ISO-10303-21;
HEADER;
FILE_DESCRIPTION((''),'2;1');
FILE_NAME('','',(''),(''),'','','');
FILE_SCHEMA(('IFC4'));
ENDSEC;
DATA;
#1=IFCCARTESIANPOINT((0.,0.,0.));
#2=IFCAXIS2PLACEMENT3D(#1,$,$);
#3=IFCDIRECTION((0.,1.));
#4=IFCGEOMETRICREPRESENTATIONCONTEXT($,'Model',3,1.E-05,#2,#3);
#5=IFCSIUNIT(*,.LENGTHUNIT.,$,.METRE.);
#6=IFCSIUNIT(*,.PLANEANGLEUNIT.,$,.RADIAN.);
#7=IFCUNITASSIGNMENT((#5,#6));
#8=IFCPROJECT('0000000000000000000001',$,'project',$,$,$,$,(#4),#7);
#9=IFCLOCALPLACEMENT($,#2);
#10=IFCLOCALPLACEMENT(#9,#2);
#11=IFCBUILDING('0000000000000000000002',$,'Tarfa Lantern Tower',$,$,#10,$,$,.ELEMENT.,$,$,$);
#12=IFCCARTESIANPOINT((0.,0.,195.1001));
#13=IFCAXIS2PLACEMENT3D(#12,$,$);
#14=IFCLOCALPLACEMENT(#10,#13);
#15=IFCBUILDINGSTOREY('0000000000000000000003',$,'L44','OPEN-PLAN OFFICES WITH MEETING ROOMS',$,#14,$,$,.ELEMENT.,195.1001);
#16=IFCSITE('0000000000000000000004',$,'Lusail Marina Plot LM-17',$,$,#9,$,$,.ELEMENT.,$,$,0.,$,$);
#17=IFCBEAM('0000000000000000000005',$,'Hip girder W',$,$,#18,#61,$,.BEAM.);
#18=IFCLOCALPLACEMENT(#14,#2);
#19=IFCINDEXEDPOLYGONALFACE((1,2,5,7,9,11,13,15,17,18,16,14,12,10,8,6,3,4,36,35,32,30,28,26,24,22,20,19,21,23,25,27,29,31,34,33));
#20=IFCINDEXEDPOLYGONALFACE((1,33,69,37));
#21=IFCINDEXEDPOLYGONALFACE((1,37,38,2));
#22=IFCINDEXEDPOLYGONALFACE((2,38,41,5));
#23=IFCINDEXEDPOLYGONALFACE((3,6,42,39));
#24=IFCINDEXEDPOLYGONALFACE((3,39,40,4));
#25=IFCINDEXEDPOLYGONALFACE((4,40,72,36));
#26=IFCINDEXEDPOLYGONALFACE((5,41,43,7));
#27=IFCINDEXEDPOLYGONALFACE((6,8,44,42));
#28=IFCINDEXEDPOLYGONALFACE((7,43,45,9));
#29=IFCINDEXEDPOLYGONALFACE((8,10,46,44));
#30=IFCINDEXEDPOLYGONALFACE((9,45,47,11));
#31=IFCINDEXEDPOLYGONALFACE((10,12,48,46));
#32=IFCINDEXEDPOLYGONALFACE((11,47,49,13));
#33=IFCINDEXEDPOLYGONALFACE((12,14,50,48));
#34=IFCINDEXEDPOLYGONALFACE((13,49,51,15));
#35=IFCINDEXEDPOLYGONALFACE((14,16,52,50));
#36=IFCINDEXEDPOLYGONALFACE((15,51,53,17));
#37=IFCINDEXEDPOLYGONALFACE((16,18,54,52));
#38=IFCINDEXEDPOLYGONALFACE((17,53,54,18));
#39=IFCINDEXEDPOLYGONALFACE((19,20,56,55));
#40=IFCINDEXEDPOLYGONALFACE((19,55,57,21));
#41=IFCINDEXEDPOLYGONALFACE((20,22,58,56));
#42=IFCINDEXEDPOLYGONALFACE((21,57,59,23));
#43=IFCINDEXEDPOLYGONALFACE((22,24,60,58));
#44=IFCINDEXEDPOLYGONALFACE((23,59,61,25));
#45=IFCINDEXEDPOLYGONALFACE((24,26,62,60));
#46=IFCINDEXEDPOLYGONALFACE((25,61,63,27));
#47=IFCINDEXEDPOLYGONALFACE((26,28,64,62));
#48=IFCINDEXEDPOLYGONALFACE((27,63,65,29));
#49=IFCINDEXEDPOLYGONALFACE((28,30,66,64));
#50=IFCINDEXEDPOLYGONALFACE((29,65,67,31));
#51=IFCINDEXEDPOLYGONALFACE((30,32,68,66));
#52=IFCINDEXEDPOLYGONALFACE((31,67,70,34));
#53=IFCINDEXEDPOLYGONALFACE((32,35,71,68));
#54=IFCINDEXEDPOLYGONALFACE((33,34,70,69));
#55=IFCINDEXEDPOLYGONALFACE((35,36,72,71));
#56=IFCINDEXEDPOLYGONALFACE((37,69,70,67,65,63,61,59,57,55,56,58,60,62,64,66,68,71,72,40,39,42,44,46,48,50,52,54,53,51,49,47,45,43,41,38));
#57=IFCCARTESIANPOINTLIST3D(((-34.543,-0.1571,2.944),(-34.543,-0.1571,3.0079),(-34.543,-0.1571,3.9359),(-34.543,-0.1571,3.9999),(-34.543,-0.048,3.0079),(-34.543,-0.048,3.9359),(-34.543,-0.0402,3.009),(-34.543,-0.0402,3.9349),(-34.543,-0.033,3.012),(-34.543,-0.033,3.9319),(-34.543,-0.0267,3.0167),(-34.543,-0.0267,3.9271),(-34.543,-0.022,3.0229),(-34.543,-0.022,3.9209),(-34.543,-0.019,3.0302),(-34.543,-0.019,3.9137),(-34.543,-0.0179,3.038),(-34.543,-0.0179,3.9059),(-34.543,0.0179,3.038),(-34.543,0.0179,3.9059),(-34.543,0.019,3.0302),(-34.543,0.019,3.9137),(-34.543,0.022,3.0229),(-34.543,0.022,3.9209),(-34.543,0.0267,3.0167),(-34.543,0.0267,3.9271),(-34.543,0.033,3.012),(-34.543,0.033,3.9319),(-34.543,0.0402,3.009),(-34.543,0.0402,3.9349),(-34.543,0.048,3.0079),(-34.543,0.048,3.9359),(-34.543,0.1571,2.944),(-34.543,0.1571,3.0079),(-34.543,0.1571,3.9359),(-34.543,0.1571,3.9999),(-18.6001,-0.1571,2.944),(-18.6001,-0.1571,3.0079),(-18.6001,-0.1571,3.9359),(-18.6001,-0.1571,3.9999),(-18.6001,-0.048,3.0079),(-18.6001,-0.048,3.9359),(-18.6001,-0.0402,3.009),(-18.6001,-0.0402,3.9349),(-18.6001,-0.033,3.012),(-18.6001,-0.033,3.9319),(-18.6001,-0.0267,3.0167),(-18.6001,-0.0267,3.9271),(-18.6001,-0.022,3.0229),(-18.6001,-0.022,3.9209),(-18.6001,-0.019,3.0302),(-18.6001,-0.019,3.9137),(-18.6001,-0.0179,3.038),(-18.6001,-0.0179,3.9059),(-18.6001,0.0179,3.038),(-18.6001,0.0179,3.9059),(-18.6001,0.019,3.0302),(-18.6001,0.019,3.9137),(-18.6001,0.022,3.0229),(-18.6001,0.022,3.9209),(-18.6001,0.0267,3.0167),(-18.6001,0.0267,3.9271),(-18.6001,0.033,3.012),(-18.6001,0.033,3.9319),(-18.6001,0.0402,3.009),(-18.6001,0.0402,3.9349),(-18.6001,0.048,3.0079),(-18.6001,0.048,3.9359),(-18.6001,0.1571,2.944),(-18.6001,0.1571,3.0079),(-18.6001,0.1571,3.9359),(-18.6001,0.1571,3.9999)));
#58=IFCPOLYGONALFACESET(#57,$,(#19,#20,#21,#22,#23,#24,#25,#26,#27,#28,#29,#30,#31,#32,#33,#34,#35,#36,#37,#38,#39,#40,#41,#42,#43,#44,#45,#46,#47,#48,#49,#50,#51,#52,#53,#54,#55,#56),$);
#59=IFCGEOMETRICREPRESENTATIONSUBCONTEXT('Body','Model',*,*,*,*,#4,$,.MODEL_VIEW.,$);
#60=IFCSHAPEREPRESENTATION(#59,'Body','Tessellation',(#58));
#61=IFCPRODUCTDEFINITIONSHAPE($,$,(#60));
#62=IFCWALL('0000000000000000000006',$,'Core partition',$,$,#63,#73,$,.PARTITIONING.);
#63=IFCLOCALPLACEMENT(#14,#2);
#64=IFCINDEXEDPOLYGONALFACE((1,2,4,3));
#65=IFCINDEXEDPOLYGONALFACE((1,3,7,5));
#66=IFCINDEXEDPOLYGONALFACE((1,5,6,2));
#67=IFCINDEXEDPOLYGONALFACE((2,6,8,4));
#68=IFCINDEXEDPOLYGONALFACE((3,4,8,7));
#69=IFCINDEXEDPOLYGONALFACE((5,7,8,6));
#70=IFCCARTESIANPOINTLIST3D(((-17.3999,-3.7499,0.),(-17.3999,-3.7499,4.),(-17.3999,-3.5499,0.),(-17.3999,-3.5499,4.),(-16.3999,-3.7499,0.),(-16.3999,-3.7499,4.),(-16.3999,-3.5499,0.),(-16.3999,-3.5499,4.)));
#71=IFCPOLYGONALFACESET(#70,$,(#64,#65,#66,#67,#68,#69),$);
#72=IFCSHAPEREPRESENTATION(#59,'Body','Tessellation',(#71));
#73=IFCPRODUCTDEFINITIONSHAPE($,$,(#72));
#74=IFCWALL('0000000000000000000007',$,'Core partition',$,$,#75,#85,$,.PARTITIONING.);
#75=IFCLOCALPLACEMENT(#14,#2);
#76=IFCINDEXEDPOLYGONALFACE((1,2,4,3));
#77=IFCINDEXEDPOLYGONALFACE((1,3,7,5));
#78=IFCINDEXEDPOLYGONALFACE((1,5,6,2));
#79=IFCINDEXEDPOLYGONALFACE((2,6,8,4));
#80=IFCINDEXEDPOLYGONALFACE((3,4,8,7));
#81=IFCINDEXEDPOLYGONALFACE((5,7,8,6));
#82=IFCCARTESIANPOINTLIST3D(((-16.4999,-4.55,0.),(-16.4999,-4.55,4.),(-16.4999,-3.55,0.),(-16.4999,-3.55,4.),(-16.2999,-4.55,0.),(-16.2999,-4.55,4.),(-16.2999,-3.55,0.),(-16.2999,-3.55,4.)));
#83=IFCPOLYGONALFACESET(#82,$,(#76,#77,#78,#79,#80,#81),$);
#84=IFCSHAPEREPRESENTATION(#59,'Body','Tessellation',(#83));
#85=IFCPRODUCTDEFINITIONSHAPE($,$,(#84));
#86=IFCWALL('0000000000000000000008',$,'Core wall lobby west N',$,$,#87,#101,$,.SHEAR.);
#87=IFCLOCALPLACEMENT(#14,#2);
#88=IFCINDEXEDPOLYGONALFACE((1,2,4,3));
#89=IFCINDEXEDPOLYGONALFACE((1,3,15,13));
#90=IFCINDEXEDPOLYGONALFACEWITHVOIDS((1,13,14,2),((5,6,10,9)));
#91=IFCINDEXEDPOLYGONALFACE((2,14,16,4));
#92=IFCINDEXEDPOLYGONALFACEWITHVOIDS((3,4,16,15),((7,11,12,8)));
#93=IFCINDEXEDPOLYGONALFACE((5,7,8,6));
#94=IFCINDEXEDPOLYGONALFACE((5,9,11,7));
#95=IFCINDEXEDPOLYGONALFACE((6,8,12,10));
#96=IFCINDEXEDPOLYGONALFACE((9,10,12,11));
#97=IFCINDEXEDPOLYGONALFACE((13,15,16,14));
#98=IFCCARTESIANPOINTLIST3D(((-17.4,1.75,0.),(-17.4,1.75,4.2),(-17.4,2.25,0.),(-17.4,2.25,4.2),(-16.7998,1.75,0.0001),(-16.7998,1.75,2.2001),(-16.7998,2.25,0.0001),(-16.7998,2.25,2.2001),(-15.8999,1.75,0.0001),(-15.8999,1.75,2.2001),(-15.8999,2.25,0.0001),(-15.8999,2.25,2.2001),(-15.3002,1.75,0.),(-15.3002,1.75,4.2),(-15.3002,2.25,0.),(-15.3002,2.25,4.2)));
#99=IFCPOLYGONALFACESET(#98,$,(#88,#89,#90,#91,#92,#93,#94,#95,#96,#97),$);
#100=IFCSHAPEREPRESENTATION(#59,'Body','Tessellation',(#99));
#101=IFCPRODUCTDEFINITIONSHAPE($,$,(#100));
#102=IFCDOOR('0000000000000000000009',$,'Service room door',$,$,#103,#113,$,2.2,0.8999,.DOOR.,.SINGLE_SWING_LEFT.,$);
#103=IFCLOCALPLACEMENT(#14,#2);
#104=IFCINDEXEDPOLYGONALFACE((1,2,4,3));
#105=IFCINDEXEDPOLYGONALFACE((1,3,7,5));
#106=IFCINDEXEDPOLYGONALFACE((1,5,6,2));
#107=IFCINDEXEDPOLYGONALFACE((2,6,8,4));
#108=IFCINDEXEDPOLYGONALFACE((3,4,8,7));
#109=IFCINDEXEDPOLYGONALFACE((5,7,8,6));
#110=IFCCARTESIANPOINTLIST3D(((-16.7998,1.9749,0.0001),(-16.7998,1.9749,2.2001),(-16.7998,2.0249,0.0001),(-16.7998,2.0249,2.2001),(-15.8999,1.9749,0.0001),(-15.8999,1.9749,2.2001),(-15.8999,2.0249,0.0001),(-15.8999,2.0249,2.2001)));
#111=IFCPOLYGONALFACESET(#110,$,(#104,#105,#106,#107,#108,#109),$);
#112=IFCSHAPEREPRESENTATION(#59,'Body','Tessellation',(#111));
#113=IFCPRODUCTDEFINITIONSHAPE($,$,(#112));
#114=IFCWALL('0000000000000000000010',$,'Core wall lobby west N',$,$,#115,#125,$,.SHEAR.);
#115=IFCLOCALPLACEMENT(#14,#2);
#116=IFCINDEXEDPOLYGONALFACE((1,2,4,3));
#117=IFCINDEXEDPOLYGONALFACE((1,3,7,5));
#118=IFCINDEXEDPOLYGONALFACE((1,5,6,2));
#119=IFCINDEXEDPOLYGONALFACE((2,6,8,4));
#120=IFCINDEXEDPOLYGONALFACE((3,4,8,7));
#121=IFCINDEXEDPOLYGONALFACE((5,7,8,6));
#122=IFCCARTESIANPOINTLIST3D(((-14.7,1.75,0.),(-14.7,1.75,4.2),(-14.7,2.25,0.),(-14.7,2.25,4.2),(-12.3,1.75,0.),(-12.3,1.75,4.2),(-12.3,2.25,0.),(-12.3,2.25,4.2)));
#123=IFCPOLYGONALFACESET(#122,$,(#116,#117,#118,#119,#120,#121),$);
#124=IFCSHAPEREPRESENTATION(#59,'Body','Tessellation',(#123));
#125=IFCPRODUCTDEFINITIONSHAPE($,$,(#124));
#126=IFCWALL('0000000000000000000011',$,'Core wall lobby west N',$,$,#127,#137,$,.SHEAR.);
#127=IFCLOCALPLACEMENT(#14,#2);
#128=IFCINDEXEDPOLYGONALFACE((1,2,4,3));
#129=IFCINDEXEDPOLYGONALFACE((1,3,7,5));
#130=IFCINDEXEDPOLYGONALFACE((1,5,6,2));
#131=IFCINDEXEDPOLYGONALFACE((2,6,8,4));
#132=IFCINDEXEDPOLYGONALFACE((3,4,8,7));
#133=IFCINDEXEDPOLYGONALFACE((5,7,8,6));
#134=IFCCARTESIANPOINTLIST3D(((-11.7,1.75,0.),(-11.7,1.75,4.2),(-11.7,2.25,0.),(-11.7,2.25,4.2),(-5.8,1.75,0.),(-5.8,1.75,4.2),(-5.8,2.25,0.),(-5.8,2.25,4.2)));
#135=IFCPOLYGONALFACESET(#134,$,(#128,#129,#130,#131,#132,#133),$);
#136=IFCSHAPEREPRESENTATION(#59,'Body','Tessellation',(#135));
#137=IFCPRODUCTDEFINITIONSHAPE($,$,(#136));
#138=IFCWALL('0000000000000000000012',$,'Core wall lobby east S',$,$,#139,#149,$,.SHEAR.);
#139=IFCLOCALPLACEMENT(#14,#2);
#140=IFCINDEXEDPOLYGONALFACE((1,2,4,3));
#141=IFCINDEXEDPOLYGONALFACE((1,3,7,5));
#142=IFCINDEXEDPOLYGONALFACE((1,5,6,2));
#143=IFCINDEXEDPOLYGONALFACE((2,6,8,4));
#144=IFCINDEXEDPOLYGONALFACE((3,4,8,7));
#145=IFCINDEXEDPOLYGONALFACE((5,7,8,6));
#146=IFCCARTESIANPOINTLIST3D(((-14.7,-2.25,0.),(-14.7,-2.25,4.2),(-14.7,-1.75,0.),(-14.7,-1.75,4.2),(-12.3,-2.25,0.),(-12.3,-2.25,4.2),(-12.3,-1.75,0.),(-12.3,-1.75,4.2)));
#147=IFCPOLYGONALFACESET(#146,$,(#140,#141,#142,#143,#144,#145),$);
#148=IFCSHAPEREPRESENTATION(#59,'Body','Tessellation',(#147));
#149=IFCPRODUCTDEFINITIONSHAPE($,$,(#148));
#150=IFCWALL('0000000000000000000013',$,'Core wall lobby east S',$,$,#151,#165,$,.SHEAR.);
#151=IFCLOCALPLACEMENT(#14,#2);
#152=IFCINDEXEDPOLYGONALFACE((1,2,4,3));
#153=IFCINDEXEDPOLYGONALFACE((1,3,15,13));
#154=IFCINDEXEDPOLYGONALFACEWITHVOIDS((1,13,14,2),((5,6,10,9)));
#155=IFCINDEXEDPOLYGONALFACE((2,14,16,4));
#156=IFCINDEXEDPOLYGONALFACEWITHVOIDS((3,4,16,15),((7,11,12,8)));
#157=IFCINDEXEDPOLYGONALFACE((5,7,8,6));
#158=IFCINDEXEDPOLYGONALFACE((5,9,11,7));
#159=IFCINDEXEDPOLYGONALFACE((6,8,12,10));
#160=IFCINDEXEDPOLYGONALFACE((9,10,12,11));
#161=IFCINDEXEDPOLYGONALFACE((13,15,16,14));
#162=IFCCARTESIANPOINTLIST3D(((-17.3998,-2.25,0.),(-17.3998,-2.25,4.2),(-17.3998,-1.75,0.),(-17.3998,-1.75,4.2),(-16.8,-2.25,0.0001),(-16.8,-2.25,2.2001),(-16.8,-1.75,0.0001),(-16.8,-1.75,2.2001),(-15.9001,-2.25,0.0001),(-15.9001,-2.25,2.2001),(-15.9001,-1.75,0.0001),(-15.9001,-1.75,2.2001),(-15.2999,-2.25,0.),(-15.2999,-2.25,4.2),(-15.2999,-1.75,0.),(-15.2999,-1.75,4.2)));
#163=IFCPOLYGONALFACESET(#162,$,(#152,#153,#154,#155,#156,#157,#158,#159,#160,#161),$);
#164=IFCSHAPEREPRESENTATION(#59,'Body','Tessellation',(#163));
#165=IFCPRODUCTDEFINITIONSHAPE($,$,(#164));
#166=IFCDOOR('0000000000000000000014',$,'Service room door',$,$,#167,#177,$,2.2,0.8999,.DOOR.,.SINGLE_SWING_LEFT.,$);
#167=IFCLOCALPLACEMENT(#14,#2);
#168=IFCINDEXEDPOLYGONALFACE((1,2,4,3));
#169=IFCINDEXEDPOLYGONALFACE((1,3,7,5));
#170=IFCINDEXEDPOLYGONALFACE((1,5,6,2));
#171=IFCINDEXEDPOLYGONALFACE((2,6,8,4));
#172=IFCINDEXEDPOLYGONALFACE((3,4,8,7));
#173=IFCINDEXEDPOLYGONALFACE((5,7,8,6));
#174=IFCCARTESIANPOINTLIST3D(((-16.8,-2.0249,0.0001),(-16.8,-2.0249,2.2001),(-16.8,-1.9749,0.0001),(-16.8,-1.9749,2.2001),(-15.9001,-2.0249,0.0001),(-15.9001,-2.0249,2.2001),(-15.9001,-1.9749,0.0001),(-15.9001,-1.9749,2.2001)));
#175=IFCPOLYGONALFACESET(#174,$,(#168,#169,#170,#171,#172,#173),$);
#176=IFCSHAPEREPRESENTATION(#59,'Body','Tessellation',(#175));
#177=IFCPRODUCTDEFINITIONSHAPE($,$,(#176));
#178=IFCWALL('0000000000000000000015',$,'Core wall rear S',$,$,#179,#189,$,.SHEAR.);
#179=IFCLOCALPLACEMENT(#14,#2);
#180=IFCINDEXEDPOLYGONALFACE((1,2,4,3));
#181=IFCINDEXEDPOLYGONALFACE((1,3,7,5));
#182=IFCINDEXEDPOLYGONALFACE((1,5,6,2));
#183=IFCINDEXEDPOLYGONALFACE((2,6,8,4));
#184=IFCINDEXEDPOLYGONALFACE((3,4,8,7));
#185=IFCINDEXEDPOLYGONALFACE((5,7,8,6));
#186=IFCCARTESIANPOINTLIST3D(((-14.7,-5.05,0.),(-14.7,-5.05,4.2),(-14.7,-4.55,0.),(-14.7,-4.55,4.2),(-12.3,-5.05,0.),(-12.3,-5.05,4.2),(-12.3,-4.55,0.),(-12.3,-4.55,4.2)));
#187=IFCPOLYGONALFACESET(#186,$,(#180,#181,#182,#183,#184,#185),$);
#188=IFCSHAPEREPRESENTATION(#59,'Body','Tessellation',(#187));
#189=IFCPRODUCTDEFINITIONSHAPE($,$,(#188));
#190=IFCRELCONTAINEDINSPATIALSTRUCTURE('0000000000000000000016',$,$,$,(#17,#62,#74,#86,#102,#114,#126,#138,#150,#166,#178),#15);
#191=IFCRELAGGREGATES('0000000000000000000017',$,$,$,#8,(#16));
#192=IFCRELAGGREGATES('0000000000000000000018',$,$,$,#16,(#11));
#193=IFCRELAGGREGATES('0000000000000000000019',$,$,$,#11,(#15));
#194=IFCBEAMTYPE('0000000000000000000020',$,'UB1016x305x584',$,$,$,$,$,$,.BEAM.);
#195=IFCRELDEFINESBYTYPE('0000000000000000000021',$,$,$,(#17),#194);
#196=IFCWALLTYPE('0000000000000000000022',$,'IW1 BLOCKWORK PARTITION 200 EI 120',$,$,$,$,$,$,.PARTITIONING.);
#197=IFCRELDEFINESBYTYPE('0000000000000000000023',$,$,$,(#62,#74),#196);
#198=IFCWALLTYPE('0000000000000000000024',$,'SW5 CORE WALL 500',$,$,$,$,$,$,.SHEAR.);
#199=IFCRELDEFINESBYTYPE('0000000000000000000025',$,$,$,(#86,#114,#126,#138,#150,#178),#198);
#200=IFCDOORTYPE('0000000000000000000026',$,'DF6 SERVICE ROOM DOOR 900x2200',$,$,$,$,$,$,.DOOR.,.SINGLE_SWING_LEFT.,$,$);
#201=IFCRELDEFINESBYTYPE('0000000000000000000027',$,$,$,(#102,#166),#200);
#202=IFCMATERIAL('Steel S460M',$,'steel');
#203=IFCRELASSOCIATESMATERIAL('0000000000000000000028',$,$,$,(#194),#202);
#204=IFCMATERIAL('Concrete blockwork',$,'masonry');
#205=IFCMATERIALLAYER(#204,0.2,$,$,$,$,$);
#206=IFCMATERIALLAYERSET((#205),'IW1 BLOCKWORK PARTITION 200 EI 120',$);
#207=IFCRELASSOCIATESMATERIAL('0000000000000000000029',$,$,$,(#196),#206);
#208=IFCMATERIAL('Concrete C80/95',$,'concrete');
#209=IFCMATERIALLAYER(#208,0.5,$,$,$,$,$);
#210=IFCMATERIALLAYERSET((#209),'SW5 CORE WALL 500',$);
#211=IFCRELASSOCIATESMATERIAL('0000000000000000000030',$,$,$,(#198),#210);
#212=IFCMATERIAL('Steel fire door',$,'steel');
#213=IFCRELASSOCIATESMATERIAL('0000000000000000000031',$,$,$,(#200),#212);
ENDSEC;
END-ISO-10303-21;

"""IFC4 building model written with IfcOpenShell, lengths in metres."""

from ifc_helpers import new_model, si_unit, direction, frame, frame_2d, origin, origin_2d, place, context, subcontext, project, spatial, rectangle, i_section, extrude, material, layer, layer_set, material_profile, profile_set, type_object, element, fill, save


model = new_model("IFC4")

# Units and contexts
model_context = context("Model", 3, precision=1e-05, world=origin(), true_north=direction((0.0, 1.0)))
body_context = subcontext(model_context, "Body", "Model", "MODEL_VIEW")
ifc_project = project(units=[si_unit("LENGTHUNIT", "METRE"), si_unit("PLANEANGLEUNIT", "RADIAN")], contexts=[model_context])

# Site, building, storey
site_placement = place(None, origin())
site = spatial("IfcSite", under=ifc_project, at=site_placement, Name="Lusail Marina Plot LM-17", CompositionType="ELEMENT", RefElevation=0.0)
building_placement = place(site_placement, origin())
building = spatial("IfcBuilding", under=site, at=building_placement, Name="Tarfa Lantern Tower", CompositionType="ELEMENT")
storey_placement = place(building_placement, frame((0.0, 0.0, 195.1001)))
storey = spatial("IfcBuildingStorey", under=building, at=storey_placement, Name="L44", Description="OPEN-PLAN OFFICES WITH MEETING ROOMS", CompositionType="ELEMENT", Elevation=195.1001)

# Beam
ifc_material_1 = material(Name="Steel S460M", Category="steel")
ifc_material_profile = material_profile(ifc_material_1, i_section(OverallWidth=0.3142, OverallDepth=1.0559, WebThickness=0.0359, FlangeThickness=0.064, FilletRadius=0.03, at=origin_2d()), Name="UB1016x305x584")
ifc_profile_set = profile_set([ifc_material_profile], Name="Steel S460M")
beam_type = type_object("IfcBeamType", Name="UB1016x305x584", PredefinedType="BEAM", material=ifc_profile_set)
beam_placement = place(storey_placement, frame((-18.6001, 0.0, 3.4719), z_axis=(-1.0, 0.0, 0.0), x_axis=(0.0, -1.0, 0.0)))
element("IfcBeam", 1, at=beam_placement, inside=storey, type_object=beam_type, Name="Hip girder W", PredefinedType="BEAM", context=body_context, shape_type="SweptSolid", body=[
    extrude(i_section(OverallWidth=0.3142, OverallDepth=1.0559, WebThickness=0.0359, FlangeThickness=0.064, FilletRadius=0.03, at=origin_2d()), origin(), (0.0, 0.0, 1.0), 15.9429),
])

# Walls
ifc_material_2 = material(Name="Concrete blockwork", Category="masonry")
ifc_layer_1 = layer(ifc_material_2, 0.2)
ifc_layer_set_1 = layer_set([ifc_layer_1], Name="IW1 BLOCKWORK PARTITION 200 EI 120")
wall_type_1 = type_object("IfcWallType", Name="IW1 BLOCKWORK PARTITION 200 EI 120", PredefinedType="PARTITIONING", material=ifc_layer_set_1)
for number, where, z_axis, x_axis, name in (
    (2, (-16.3999, -3.6499, 0.0), (0.0, 0.0, 1.0), (-1.0, 0.0, 0.0), "Core partition"),
    (3, (-16.3999, -3.55, 0.0), (0.0, 0.0, 1.0), (0.0, -1.0, 0.0), "Core partition"),
):
    element("IfcWall", number, at=place(storey_placement, frame(where, z_axis=z_axis, x_axis=x_axis)), inside=storey, type_object=wall_type_1, Name=name, PredefinedType="PARTITIONING", context=body_context, shape_type="SweptSolid", body=[
        extrude(rectangle(XDim=1.0, YDim=0.2, at=frame_2d((0.5, 0.0))), origin(), (0.0, 0.0, 1.0), 4.0),
    ])

# Wall, opening, door
ifc_material_3 = material(Name="Concrete C80/95", Category="concrete")
ifc_layer_2 = layer(ifc_material_3, 0.5)
ifc_layer_set_2 = layer_set([ifc_layer_2], Name="SW5 CORE WALL 500")
wall_type_2 = type_object("IfcWallType", Name="SW5 CORE WALL 500", PredefinedType="SHEAR", material=ifc_layer_set_2)
wall_1_placement = place(storey_placement, frame((-17.3999, 2.0, 0.0), z_axis=(0.0, 0.0, 1.0), x_axis=(1.0, 0.0, 0.0)))
wall_1 = element("IfcWall", 4, at=wall_1_placement, inside=storey, type_object=wall_type_2, Name="Core wall lobby west N", PredefinedType="SHEAR", context=body_context, shape_type="SweptSolid", body=[
    extrude(rectangle(XDim=2.0999, YDim=0.5, at=frame_2d((1.0498, 0.0))), origin(), (0.0, 0.0, 1.0), 4.2),
])
opening_1_placement = place(wall_1_placement, frame((0.6001, 0.0, 0.0)))
opening_1 = element("IfcOpeningElement", 5, at=opening_1_placement, cuts=wall_1, PredefinedType="OPENING", context=body_context, shape_type="SweptSolid", body=[
    extrude(rectangle(XDim=0.8999, YDim=2.2, at=frame_2d((0.45, 1.1001))), frame((0.0, 0.26, 0.0), z_axis=(0.0, -1.0, 0.0), x_axis=(1.0, 0.0, 0.0)), (0.0, 0.0, 1.0), 0.52),
])
ifc_material_4 = material(Name="Steel fire door", Category="steel")
door_type_1 = type_object("IfcDoorType", Name="DF6 SERVICE ROOM DOOR 900x2200", OperationType="SINGLE_SWING_LEFT", PredefinedType="DOOR", material=ifc_material_4)
door_1_placement = place(opening_1_placement, origin())
door_1 = element("IfcDoor", 6, at=door_1_placement, inside=storey, type_object=door_type_1, Name="Service room door", OperationType="SINGLE_SWING_LEFT", OverallHeight=2.2, OverallWidth=0.8999, PredefinedType="DOOR", context=body_context, shape_type="SweptSolid", body=[
    extrude(rectangle(XDim=0.8999, YDim=2.2, at=frame_2d((0.45, 1.1001))), frame((0.0, 0.0249, 0.0), z_axis=(0.0, -1.0, 0.0), x_axis=(1.0, 0.0, 0.0)), (0.0, 0.0, 1.0), 0.05),
])
fill(opening_1, door_1)

# Walls
wall_2_placement = place(storey_placement, frame((-14.7, 2.0, 0.0), z_axis=(0.0, 0.0, 1.0), x_axis=(1.0, 0.0, 0.0)))
element("IfcWall", 7, at=wall_2_placement, inside=storey, type_object=wall_type_2, Name="Core wall lobby west N", PredefinedType="SHEAR", context=body_context, shape_type="SweptSolid", body=[
    extrude(rectangle(XDim=2.3999, YDim=0.5, at=frame_2d((1.2, 0.0))), origin(), (0.0, 0.0, 1.0), 4.2),
])
wall_3_placement = place(storey_placement, frame((-11.7, 2.0, 0.0), z_axis=(0.0, 0.0, 1.0), x_axis=(1.0, 0.0, 0.0)))
element("IfcWall", 8, at=wall_3_placement, inside=storey, type_object=wall_type_2, Name="Core wall lobby west N", PredefinedType="SHEAR", context=body_context, shape_type="SweptSolid", body=[
    extrude(rectangle(XDim=5.8999, YDim=0.5, at=frame_2d((2.95, 0.0))), origin(), (0.0, 0.0, 1.0), 4.2),
])
wall_4_placement = place(storey_placement, frame((-12.3, -2.0, 0.0), z_axis=(0.0, 0.0, 1.0), x_axis=(-1.0, 0.0, 0.0)))
element("IfcWall", 9, at=wall_4_placement, inside=storey, type_object=wall_type_2, Name="Core wall lobby east S", PredefinedType="SHEAR", context=body_context, shape_type="SweptSolid", body=[
    extrude(rectangle(XDim=2.3999, YDim=0.5, at=frame_2d((1.2, 0.0))), origin(), (0.0, 0.0, 1.0), 4.2),
])

# Wall, opening, door
wall_5_placement = place(storey_placement, frame((-15.3, -2.0, 0.0), z_axis=(0.0, 0.0, 1.0), x_axis=(-1.0, 0.0, 0.0)))
wall_5 = element("IfcWall", 10, at=wall_5_placement, inside=storey, type_object=wall_type_2, Name="Core wall lobby east S", PredefinedType="SHEAR", context=body_context, shape_type="SweptSolid", body=[
    extrude(rectangle(XDim=2.0999, YDim=0.5, at=frame_2d((1.0498, 0.0))), origin(), (0.0, 0.0, 1.0), 4.2),
])
opening_2_placement = place(wall_5_placement, frame((0.6001, 0.0, 0.0)))
opening_2 = element("IfcOpeningElement", 11, at=opening_2_placement, cuts=wall_5, PredefinedType="OPENING", context=body_context, shape_type="SweptSolid", body=[
    extrude(rectangle(XDim=0.8999, YDim=2.2, at=frame_2d((0.45, 1.1001))), frame((0.0, 0.26, 0.0), z_axis=(0.0, -1.0, 0.0), x_axis=(1.0, 0.0, 0.0)), (0.0, 0.0, 1.0), 0.52),
])
door_2_placement = place(opening_2_placement, origin())
door_2 = element("IfcDoor", 12, at=door_2_placement, inside=storey, type_object=door_type_1, Name="Service room door", OperationType="SINGLE_SWING_LEFT", OverallHeight=2.2, OverallWidth=0.8999, PredefinedType="DOOR", context=body_context, shape_type="SweptSolid", body=[
    extrude(rectangle(XDim=0.8999, YDim=2.2, at=frame_2d((0.45, 1.1001))), frame((0.0, 0.0249, 0.0), z_axis=(0.0, -1.0, 0.0), x_axis=(1.0, 0.0, 0.0)), (0.0, 0.0, 1.0), 0.05),
])
fill(opening_2, door_2)

# Wall
wall_6_placement = place(storey_placement, frame((-12.3, -4.8, 0.0), z_axis=(0.0, 0.0, 1.0), x_axis=(-1.0, 0.0, 0.0)))
element("IfcWall", 13, at=wall_6_placement, inside=storey, type_object=wall_type_2, Name="Core wall rear S", PredefinedType="SHEAR", context=body_context, shape_type="SweptSolid", body=[
    extrude(rectangle(XDim=2.3999, YDim=0.5, at=frame_2d((1.2, 0.0))), origin(), (0.0, 0.0, 1.0), 4.2),
])

save(model, "model.ifc")
